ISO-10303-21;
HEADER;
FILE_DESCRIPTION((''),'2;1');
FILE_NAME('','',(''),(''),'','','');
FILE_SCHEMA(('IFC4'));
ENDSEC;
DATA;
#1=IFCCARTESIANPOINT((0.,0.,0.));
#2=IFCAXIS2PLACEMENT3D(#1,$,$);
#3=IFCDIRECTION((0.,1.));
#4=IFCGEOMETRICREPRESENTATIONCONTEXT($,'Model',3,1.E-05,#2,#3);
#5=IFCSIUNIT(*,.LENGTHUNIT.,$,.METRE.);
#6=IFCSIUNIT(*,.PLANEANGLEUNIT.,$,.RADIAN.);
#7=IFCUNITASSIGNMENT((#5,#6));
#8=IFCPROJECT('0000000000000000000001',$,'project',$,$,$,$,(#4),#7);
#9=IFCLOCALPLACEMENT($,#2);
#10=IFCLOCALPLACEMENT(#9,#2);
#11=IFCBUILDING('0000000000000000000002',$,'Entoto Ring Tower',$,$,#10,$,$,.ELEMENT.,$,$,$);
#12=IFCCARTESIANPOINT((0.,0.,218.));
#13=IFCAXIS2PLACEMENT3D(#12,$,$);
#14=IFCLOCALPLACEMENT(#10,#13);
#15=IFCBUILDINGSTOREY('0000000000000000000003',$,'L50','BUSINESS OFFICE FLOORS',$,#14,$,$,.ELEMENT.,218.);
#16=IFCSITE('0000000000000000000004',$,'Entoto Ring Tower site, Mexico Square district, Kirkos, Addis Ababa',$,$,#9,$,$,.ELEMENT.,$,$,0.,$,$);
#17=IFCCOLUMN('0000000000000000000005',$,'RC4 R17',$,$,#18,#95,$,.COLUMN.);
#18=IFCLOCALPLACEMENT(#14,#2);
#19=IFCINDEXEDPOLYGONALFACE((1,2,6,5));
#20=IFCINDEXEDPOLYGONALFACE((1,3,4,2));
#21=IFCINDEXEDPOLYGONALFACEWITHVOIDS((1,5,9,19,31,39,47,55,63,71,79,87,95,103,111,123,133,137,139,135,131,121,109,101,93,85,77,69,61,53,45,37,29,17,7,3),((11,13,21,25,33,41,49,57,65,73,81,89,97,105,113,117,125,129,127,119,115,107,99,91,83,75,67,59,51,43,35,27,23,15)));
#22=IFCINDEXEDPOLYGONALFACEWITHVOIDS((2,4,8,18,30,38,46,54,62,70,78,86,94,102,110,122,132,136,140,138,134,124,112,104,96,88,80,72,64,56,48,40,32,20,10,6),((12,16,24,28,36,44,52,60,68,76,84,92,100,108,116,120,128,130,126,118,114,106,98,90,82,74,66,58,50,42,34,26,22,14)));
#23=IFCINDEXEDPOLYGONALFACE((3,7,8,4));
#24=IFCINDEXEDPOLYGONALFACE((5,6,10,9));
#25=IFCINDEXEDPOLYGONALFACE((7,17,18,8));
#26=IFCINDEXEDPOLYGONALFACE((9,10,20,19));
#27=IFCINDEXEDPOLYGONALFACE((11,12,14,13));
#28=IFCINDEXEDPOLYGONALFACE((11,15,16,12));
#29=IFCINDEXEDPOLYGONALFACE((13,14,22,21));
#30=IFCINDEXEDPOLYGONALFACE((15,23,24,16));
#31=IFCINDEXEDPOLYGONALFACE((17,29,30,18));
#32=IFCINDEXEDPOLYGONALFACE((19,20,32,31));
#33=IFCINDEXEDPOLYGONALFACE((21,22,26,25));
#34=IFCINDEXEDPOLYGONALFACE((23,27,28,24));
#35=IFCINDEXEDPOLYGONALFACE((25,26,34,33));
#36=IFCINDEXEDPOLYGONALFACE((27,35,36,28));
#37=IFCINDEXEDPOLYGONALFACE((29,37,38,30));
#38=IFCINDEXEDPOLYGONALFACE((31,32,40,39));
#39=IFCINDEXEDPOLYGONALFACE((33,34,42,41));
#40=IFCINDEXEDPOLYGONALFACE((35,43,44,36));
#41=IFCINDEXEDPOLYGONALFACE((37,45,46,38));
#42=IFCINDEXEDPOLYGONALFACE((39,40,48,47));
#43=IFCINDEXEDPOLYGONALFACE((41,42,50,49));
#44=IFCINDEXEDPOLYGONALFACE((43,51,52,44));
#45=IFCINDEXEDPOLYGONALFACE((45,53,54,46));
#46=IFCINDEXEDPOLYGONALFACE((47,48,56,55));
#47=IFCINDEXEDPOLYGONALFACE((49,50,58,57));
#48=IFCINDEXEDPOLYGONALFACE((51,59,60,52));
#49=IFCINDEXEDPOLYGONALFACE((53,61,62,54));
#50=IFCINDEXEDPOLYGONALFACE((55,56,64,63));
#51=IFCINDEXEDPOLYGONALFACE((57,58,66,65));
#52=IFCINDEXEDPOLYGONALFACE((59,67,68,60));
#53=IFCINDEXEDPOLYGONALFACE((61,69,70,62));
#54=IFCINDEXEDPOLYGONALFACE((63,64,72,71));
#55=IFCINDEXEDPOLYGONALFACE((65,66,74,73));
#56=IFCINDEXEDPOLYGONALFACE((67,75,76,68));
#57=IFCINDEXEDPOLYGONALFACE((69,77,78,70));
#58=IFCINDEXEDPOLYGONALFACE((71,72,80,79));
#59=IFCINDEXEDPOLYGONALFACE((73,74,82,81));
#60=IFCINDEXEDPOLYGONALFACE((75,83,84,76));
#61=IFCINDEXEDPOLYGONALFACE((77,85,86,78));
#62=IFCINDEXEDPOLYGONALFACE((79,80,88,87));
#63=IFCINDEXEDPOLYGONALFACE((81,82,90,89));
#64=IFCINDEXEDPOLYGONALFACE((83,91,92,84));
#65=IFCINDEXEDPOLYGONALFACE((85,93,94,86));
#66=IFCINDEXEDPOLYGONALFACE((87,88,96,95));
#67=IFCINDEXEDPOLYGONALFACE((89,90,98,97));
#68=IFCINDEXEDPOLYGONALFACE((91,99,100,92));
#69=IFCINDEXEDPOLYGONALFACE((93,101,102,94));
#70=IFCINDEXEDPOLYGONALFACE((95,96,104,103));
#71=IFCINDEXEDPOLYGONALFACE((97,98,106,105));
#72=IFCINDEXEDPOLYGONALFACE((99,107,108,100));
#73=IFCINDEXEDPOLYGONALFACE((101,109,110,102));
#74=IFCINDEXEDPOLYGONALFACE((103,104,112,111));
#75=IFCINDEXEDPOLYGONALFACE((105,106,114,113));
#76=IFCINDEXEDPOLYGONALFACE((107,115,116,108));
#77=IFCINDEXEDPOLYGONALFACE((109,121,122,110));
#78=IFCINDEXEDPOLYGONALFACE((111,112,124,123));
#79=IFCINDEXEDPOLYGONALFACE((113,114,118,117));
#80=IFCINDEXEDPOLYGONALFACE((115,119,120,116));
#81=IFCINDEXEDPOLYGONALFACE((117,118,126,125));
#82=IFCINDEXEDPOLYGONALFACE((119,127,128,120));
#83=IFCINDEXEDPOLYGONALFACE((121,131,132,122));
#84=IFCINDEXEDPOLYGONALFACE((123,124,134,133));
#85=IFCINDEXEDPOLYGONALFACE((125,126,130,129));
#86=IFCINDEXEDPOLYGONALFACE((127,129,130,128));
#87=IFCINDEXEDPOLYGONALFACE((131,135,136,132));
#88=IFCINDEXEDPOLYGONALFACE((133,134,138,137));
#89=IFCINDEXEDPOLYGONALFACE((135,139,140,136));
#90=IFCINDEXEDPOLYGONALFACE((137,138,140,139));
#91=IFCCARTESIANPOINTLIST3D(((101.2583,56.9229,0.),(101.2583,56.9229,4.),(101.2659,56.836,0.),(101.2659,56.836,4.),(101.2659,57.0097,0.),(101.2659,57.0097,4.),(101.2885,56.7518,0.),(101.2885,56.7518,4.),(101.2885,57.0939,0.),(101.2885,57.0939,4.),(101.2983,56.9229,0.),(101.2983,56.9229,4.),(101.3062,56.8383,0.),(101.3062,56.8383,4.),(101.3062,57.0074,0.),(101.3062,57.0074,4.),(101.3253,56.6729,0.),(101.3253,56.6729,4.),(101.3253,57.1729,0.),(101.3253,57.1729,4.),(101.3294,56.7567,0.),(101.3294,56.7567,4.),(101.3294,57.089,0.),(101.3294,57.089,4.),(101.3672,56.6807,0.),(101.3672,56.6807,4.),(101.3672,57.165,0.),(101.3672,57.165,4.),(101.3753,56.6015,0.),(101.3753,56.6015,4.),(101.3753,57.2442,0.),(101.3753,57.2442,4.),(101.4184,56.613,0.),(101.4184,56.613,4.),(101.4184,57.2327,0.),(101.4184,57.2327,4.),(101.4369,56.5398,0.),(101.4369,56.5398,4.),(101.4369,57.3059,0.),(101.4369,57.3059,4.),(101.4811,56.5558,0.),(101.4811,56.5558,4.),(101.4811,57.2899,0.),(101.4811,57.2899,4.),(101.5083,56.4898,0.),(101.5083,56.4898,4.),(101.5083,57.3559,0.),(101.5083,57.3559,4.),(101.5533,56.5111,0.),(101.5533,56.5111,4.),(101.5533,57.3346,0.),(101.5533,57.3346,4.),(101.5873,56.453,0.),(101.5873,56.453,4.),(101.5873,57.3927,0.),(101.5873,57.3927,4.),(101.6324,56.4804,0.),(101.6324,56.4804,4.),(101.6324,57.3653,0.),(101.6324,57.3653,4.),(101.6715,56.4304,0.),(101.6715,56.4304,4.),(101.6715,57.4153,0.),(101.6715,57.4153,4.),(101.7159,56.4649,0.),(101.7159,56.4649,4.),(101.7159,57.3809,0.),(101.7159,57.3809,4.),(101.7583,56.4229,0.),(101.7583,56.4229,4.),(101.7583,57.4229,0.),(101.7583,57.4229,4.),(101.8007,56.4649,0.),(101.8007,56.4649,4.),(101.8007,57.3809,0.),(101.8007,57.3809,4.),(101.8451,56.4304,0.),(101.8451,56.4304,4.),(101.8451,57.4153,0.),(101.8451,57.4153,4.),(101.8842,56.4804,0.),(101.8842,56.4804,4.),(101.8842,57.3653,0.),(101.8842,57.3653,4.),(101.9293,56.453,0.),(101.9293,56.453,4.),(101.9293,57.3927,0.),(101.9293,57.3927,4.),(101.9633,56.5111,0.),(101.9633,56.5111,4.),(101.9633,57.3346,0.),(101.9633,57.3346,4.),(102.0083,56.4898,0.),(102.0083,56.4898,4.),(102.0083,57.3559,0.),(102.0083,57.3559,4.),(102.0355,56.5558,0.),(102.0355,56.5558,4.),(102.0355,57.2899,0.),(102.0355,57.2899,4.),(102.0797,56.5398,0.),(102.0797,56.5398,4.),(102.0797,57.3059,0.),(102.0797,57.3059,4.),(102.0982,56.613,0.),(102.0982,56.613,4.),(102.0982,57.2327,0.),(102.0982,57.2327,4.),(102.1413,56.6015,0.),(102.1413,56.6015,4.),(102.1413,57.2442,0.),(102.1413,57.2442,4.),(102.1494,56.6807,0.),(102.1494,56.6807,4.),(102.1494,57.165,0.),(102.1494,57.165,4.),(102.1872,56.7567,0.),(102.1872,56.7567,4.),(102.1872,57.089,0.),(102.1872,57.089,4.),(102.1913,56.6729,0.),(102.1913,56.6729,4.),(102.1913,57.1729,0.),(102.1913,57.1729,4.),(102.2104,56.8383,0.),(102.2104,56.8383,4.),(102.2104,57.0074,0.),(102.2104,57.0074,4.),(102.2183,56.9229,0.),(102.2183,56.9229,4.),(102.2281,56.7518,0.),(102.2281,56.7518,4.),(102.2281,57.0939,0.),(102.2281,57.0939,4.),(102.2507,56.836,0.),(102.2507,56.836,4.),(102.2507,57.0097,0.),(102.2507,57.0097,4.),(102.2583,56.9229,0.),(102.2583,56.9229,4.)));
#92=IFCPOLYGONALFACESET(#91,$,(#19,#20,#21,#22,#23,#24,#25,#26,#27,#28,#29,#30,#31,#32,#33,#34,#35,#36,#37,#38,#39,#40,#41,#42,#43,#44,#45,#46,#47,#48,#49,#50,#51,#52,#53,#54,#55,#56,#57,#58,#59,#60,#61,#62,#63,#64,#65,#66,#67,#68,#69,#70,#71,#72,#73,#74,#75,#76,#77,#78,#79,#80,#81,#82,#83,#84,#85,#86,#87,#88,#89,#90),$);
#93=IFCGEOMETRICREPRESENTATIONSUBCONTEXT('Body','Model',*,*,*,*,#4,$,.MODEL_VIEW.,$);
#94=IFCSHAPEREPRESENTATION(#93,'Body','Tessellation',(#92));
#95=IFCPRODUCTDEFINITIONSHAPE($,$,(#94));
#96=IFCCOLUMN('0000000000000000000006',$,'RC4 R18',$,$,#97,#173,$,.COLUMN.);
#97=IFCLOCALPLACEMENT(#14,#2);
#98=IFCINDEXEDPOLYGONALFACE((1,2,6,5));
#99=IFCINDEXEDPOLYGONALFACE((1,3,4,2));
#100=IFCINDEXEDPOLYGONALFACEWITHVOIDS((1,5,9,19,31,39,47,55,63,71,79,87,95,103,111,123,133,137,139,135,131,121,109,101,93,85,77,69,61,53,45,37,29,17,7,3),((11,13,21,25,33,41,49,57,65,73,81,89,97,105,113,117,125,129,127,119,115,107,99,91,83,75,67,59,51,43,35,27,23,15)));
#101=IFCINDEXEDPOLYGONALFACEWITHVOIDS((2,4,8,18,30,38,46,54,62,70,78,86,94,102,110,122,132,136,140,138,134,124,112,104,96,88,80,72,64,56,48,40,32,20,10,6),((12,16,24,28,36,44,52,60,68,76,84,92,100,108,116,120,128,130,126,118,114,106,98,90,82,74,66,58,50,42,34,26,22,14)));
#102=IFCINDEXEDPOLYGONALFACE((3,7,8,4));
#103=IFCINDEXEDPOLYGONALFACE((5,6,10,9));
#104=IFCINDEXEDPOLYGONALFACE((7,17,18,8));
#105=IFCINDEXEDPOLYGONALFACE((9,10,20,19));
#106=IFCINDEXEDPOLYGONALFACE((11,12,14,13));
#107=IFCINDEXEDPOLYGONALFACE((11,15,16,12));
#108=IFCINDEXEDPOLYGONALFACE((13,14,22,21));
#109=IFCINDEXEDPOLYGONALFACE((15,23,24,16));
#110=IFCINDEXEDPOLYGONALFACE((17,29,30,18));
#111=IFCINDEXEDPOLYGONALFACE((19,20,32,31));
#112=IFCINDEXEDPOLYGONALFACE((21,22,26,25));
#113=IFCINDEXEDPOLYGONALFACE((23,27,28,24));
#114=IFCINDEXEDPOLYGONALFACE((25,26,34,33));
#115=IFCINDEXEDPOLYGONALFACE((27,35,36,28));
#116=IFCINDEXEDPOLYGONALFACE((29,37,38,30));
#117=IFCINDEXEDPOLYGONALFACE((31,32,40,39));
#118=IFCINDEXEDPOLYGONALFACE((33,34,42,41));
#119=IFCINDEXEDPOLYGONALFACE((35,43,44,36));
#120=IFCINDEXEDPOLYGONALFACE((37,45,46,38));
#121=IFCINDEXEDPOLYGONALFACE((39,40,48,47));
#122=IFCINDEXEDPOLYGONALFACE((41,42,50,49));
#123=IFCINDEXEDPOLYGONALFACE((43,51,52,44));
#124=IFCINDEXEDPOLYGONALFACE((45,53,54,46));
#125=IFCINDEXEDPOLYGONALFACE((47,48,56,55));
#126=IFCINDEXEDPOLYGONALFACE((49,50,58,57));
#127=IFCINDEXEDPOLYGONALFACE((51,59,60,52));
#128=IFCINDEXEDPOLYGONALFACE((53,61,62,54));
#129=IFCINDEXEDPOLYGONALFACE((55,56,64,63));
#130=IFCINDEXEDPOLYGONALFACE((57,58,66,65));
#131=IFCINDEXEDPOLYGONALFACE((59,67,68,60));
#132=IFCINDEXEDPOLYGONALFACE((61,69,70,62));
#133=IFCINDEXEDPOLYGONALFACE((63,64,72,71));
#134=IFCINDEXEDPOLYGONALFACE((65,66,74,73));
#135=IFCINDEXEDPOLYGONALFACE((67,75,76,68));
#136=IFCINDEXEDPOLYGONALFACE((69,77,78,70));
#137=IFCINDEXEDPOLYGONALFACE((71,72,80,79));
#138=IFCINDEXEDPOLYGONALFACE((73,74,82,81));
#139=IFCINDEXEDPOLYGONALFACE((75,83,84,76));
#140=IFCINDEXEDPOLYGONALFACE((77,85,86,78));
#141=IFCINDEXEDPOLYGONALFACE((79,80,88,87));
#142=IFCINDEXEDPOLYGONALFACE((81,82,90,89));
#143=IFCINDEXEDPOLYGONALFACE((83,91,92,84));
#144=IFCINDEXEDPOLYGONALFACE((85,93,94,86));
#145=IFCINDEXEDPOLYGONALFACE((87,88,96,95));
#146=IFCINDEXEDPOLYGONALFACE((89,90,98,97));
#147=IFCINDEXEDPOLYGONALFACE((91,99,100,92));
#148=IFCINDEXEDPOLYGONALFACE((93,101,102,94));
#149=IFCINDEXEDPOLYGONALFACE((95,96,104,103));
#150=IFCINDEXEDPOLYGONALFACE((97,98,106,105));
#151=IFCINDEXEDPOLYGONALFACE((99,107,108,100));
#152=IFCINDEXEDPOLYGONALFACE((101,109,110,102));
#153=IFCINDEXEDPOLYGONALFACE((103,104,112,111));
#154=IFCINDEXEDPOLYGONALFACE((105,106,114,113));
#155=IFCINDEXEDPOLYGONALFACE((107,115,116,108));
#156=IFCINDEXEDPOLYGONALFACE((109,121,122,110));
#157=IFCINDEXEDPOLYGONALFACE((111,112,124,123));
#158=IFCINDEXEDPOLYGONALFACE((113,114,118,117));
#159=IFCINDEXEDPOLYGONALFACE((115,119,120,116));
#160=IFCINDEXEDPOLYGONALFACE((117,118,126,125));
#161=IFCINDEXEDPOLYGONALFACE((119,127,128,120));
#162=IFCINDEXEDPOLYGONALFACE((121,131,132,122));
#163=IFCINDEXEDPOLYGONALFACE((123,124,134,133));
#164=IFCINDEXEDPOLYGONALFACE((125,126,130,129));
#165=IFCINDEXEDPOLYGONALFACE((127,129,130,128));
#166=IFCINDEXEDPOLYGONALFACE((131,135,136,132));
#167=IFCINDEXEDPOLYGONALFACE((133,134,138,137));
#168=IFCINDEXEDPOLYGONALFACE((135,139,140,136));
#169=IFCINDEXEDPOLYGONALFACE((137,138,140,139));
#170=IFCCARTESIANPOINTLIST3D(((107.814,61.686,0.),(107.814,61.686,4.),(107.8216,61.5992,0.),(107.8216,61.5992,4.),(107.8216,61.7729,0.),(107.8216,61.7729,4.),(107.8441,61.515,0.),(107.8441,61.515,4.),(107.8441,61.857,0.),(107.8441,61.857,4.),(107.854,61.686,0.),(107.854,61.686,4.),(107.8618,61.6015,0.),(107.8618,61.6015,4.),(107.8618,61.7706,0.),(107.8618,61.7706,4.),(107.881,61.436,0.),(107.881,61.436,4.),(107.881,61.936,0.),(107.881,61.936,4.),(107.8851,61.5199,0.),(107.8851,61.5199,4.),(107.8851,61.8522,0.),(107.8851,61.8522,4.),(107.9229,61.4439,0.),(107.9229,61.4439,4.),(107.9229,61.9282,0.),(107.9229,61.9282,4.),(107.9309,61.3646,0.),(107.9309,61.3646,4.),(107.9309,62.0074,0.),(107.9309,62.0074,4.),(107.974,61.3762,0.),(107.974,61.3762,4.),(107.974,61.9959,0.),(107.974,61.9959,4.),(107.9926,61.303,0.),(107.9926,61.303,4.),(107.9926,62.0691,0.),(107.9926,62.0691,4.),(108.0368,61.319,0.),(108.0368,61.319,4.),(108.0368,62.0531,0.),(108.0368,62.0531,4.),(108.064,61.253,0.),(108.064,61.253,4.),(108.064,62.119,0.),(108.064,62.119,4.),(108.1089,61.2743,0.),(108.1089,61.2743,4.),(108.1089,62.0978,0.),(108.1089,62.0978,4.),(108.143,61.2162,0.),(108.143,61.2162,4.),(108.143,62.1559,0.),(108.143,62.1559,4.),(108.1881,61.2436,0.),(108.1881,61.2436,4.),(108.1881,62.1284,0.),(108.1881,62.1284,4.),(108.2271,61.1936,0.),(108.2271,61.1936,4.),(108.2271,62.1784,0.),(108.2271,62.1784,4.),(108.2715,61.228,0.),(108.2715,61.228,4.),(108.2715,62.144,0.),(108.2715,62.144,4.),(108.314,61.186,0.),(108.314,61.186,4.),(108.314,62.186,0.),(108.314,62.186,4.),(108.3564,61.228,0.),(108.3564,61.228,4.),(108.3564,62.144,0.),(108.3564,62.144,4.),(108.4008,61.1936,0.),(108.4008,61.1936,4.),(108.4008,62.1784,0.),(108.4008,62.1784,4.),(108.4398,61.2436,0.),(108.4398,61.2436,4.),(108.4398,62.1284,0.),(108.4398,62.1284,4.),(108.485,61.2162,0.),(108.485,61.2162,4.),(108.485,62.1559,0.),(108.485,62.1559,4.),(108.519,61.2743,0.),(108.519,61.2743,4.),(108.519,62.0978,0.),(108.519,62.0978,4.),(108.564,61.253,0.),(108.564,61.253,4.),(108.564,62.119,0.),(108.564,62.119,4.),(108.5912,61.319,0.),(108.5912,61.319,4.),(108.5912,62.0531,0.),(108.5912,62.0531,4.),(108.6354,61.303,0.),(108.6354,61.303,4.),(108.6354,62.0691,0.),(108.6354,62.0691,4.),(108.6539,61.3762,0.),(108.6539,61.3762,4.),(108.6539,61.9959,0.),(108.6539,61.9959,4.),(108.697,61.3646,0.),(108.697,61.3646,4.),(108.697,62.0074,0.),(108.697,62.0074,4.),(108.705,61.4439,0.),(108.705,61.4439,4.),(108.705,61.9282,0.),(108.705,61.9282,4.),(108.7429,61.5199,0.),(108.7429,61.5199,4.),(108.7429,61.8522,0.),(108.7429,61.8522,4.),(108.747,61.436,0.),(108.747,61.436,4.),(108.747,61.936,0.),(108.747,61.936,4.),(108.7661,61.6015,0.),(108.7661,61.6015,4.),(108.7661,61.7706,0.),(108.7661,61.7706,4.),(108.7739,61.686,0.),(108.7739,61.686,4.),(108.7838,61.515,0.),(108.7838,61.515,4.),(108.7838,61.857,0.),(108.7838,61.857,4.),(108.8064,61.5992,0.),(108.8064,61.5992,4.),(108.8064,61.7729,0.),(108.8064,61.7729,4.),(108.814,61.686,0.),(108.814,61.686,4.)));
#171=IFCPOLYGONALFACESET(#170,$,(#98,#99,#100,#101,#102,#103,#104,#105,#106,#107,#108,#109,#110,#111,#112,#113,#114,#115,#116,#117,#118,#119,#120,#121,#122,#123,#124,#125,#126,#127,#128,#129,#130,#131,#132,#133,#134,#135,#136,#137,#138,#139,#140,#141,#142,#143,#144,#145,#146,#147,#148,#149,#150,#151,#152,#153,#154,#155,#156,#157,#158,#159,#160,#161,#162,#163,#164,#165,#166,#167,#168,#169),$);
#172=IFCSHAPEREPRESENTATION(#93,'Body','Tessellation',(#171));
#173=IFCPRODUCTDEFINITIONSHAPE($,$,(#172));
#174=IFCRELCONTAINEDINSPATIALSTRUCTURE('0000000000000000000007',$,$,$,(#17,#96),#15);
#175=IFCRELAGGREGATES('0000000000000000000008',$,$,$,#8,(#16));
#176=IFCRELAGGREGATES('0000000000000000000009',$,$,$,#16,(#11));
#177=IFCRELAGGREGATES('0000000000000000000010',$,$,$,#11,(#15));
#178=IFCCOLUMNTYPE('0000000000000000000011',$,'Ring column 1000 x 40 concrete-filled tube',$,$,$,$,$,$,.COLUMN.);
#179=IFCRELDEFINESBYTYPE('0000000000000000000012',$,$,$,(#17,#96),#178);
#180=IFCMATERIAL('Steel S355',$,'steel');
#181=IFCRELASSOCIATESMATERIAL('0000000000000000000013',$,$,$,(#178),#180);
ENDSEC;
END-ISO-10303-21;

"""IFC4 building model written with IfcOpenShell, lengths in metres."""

from ifc_helpers import new_model, si_unit, direction, frame, origin, origin_2d, place, context, subcontext, project, spatial, circle, hollow_circle, extrude, material, material_profile, profile_set, type_object, element, save


model = new_model("IFC4")

# Units and contexts
model_context = context("Model", 3, precision=1e-05, world=origin(), true_north=direction((0.0, 1.0)))
body_context = subcontext(model_context, "Body", "Model", "MODEL_VIEW")
ifc_project = project(units=[si_unit("LENGTHUNIT", "METRE"), si_unit("PLANEANGLEUNIT", "RADIAN")], contexts=[model_context])

# Site, building, storey
site_placement = place(None, origin())
site = spatial("IfcSite", under=ifc_project, at=site_placement, Name="Entoto Ring Tower site, Mexico Square district, Kirkos, Addis Ababa", CompositionType="ELEMENT", RefElevation=0.0)
building_placement = place(site_placement, origin())
building = spatial("IfcBuilding", under=site, at=building_placement, Name="Entoto Ring Tower", CompositionType="ELEMENT")
storey_placement = place(building_placement, frame((0.0, 0.0, 218.0)))
storey = spatial("IfcBuildingStorey", under=building, at=storey_placement, Name="L50", Description="BUSINESS OFFICE FLOORS", CompositionType="ELEMENT", Elevation=218.0)

# Columns
ifc_material_1 = material(Name="Steel S355", Category="steel")
ifc_material_profile_1 = material_profile(ifc_material_1, hollow_circle(Radius=0.5, WallThickness=0.04, at=origin_2d()), Name="CHS 1000 x 40")
ifc_material_2 = material(Name="Concrete C60/75", Category="concrete")
ifc_material_profile_2 = material_profile(ifc_material_2, circle(Radius=0.46, at=origin_2d()), Name="Concrete C60/75 infill")
ifc_profile_set_1 = profile_set([ifc_material_profile_1, ifc_material_profile_2], Name="Steel S355")
column_type = type_object("IfcColumnType", Name="Ring column 1000 x 40 concrete-filled tube", PredefinedType="COLUMN", material=ifc_profile_set_1)
for number, where, z_axis, x_axis, name in (
    (1, (101.7583, 56.9229, 0.0), (0.0, 0.0, 1.0), (1.0, 0.0, 0.0), "RC4 R17"),
    (2, (108.314, 61.686, 0.0), (0.0, 0.0, 1.0), (1.0, 0.0, 0.0), "RC4 R18"),
):
    element("IfcColumn", number, at=place(storey_placement, frame(where, z_axis=z_axis, x_axis=x_axis)), inside=storey, type_object=column_type, Name=name, PredefinedType="COLUMN", context=body_context, shape_type="SweptSolid", body=[
        extrude(hollow_circle(Radius=0.5, WallThickness=0.04, at=origin_2d()), origin(), (0.0, 0.0, 1.0), 4.0),
    ])

save(model, "model.ifc")
